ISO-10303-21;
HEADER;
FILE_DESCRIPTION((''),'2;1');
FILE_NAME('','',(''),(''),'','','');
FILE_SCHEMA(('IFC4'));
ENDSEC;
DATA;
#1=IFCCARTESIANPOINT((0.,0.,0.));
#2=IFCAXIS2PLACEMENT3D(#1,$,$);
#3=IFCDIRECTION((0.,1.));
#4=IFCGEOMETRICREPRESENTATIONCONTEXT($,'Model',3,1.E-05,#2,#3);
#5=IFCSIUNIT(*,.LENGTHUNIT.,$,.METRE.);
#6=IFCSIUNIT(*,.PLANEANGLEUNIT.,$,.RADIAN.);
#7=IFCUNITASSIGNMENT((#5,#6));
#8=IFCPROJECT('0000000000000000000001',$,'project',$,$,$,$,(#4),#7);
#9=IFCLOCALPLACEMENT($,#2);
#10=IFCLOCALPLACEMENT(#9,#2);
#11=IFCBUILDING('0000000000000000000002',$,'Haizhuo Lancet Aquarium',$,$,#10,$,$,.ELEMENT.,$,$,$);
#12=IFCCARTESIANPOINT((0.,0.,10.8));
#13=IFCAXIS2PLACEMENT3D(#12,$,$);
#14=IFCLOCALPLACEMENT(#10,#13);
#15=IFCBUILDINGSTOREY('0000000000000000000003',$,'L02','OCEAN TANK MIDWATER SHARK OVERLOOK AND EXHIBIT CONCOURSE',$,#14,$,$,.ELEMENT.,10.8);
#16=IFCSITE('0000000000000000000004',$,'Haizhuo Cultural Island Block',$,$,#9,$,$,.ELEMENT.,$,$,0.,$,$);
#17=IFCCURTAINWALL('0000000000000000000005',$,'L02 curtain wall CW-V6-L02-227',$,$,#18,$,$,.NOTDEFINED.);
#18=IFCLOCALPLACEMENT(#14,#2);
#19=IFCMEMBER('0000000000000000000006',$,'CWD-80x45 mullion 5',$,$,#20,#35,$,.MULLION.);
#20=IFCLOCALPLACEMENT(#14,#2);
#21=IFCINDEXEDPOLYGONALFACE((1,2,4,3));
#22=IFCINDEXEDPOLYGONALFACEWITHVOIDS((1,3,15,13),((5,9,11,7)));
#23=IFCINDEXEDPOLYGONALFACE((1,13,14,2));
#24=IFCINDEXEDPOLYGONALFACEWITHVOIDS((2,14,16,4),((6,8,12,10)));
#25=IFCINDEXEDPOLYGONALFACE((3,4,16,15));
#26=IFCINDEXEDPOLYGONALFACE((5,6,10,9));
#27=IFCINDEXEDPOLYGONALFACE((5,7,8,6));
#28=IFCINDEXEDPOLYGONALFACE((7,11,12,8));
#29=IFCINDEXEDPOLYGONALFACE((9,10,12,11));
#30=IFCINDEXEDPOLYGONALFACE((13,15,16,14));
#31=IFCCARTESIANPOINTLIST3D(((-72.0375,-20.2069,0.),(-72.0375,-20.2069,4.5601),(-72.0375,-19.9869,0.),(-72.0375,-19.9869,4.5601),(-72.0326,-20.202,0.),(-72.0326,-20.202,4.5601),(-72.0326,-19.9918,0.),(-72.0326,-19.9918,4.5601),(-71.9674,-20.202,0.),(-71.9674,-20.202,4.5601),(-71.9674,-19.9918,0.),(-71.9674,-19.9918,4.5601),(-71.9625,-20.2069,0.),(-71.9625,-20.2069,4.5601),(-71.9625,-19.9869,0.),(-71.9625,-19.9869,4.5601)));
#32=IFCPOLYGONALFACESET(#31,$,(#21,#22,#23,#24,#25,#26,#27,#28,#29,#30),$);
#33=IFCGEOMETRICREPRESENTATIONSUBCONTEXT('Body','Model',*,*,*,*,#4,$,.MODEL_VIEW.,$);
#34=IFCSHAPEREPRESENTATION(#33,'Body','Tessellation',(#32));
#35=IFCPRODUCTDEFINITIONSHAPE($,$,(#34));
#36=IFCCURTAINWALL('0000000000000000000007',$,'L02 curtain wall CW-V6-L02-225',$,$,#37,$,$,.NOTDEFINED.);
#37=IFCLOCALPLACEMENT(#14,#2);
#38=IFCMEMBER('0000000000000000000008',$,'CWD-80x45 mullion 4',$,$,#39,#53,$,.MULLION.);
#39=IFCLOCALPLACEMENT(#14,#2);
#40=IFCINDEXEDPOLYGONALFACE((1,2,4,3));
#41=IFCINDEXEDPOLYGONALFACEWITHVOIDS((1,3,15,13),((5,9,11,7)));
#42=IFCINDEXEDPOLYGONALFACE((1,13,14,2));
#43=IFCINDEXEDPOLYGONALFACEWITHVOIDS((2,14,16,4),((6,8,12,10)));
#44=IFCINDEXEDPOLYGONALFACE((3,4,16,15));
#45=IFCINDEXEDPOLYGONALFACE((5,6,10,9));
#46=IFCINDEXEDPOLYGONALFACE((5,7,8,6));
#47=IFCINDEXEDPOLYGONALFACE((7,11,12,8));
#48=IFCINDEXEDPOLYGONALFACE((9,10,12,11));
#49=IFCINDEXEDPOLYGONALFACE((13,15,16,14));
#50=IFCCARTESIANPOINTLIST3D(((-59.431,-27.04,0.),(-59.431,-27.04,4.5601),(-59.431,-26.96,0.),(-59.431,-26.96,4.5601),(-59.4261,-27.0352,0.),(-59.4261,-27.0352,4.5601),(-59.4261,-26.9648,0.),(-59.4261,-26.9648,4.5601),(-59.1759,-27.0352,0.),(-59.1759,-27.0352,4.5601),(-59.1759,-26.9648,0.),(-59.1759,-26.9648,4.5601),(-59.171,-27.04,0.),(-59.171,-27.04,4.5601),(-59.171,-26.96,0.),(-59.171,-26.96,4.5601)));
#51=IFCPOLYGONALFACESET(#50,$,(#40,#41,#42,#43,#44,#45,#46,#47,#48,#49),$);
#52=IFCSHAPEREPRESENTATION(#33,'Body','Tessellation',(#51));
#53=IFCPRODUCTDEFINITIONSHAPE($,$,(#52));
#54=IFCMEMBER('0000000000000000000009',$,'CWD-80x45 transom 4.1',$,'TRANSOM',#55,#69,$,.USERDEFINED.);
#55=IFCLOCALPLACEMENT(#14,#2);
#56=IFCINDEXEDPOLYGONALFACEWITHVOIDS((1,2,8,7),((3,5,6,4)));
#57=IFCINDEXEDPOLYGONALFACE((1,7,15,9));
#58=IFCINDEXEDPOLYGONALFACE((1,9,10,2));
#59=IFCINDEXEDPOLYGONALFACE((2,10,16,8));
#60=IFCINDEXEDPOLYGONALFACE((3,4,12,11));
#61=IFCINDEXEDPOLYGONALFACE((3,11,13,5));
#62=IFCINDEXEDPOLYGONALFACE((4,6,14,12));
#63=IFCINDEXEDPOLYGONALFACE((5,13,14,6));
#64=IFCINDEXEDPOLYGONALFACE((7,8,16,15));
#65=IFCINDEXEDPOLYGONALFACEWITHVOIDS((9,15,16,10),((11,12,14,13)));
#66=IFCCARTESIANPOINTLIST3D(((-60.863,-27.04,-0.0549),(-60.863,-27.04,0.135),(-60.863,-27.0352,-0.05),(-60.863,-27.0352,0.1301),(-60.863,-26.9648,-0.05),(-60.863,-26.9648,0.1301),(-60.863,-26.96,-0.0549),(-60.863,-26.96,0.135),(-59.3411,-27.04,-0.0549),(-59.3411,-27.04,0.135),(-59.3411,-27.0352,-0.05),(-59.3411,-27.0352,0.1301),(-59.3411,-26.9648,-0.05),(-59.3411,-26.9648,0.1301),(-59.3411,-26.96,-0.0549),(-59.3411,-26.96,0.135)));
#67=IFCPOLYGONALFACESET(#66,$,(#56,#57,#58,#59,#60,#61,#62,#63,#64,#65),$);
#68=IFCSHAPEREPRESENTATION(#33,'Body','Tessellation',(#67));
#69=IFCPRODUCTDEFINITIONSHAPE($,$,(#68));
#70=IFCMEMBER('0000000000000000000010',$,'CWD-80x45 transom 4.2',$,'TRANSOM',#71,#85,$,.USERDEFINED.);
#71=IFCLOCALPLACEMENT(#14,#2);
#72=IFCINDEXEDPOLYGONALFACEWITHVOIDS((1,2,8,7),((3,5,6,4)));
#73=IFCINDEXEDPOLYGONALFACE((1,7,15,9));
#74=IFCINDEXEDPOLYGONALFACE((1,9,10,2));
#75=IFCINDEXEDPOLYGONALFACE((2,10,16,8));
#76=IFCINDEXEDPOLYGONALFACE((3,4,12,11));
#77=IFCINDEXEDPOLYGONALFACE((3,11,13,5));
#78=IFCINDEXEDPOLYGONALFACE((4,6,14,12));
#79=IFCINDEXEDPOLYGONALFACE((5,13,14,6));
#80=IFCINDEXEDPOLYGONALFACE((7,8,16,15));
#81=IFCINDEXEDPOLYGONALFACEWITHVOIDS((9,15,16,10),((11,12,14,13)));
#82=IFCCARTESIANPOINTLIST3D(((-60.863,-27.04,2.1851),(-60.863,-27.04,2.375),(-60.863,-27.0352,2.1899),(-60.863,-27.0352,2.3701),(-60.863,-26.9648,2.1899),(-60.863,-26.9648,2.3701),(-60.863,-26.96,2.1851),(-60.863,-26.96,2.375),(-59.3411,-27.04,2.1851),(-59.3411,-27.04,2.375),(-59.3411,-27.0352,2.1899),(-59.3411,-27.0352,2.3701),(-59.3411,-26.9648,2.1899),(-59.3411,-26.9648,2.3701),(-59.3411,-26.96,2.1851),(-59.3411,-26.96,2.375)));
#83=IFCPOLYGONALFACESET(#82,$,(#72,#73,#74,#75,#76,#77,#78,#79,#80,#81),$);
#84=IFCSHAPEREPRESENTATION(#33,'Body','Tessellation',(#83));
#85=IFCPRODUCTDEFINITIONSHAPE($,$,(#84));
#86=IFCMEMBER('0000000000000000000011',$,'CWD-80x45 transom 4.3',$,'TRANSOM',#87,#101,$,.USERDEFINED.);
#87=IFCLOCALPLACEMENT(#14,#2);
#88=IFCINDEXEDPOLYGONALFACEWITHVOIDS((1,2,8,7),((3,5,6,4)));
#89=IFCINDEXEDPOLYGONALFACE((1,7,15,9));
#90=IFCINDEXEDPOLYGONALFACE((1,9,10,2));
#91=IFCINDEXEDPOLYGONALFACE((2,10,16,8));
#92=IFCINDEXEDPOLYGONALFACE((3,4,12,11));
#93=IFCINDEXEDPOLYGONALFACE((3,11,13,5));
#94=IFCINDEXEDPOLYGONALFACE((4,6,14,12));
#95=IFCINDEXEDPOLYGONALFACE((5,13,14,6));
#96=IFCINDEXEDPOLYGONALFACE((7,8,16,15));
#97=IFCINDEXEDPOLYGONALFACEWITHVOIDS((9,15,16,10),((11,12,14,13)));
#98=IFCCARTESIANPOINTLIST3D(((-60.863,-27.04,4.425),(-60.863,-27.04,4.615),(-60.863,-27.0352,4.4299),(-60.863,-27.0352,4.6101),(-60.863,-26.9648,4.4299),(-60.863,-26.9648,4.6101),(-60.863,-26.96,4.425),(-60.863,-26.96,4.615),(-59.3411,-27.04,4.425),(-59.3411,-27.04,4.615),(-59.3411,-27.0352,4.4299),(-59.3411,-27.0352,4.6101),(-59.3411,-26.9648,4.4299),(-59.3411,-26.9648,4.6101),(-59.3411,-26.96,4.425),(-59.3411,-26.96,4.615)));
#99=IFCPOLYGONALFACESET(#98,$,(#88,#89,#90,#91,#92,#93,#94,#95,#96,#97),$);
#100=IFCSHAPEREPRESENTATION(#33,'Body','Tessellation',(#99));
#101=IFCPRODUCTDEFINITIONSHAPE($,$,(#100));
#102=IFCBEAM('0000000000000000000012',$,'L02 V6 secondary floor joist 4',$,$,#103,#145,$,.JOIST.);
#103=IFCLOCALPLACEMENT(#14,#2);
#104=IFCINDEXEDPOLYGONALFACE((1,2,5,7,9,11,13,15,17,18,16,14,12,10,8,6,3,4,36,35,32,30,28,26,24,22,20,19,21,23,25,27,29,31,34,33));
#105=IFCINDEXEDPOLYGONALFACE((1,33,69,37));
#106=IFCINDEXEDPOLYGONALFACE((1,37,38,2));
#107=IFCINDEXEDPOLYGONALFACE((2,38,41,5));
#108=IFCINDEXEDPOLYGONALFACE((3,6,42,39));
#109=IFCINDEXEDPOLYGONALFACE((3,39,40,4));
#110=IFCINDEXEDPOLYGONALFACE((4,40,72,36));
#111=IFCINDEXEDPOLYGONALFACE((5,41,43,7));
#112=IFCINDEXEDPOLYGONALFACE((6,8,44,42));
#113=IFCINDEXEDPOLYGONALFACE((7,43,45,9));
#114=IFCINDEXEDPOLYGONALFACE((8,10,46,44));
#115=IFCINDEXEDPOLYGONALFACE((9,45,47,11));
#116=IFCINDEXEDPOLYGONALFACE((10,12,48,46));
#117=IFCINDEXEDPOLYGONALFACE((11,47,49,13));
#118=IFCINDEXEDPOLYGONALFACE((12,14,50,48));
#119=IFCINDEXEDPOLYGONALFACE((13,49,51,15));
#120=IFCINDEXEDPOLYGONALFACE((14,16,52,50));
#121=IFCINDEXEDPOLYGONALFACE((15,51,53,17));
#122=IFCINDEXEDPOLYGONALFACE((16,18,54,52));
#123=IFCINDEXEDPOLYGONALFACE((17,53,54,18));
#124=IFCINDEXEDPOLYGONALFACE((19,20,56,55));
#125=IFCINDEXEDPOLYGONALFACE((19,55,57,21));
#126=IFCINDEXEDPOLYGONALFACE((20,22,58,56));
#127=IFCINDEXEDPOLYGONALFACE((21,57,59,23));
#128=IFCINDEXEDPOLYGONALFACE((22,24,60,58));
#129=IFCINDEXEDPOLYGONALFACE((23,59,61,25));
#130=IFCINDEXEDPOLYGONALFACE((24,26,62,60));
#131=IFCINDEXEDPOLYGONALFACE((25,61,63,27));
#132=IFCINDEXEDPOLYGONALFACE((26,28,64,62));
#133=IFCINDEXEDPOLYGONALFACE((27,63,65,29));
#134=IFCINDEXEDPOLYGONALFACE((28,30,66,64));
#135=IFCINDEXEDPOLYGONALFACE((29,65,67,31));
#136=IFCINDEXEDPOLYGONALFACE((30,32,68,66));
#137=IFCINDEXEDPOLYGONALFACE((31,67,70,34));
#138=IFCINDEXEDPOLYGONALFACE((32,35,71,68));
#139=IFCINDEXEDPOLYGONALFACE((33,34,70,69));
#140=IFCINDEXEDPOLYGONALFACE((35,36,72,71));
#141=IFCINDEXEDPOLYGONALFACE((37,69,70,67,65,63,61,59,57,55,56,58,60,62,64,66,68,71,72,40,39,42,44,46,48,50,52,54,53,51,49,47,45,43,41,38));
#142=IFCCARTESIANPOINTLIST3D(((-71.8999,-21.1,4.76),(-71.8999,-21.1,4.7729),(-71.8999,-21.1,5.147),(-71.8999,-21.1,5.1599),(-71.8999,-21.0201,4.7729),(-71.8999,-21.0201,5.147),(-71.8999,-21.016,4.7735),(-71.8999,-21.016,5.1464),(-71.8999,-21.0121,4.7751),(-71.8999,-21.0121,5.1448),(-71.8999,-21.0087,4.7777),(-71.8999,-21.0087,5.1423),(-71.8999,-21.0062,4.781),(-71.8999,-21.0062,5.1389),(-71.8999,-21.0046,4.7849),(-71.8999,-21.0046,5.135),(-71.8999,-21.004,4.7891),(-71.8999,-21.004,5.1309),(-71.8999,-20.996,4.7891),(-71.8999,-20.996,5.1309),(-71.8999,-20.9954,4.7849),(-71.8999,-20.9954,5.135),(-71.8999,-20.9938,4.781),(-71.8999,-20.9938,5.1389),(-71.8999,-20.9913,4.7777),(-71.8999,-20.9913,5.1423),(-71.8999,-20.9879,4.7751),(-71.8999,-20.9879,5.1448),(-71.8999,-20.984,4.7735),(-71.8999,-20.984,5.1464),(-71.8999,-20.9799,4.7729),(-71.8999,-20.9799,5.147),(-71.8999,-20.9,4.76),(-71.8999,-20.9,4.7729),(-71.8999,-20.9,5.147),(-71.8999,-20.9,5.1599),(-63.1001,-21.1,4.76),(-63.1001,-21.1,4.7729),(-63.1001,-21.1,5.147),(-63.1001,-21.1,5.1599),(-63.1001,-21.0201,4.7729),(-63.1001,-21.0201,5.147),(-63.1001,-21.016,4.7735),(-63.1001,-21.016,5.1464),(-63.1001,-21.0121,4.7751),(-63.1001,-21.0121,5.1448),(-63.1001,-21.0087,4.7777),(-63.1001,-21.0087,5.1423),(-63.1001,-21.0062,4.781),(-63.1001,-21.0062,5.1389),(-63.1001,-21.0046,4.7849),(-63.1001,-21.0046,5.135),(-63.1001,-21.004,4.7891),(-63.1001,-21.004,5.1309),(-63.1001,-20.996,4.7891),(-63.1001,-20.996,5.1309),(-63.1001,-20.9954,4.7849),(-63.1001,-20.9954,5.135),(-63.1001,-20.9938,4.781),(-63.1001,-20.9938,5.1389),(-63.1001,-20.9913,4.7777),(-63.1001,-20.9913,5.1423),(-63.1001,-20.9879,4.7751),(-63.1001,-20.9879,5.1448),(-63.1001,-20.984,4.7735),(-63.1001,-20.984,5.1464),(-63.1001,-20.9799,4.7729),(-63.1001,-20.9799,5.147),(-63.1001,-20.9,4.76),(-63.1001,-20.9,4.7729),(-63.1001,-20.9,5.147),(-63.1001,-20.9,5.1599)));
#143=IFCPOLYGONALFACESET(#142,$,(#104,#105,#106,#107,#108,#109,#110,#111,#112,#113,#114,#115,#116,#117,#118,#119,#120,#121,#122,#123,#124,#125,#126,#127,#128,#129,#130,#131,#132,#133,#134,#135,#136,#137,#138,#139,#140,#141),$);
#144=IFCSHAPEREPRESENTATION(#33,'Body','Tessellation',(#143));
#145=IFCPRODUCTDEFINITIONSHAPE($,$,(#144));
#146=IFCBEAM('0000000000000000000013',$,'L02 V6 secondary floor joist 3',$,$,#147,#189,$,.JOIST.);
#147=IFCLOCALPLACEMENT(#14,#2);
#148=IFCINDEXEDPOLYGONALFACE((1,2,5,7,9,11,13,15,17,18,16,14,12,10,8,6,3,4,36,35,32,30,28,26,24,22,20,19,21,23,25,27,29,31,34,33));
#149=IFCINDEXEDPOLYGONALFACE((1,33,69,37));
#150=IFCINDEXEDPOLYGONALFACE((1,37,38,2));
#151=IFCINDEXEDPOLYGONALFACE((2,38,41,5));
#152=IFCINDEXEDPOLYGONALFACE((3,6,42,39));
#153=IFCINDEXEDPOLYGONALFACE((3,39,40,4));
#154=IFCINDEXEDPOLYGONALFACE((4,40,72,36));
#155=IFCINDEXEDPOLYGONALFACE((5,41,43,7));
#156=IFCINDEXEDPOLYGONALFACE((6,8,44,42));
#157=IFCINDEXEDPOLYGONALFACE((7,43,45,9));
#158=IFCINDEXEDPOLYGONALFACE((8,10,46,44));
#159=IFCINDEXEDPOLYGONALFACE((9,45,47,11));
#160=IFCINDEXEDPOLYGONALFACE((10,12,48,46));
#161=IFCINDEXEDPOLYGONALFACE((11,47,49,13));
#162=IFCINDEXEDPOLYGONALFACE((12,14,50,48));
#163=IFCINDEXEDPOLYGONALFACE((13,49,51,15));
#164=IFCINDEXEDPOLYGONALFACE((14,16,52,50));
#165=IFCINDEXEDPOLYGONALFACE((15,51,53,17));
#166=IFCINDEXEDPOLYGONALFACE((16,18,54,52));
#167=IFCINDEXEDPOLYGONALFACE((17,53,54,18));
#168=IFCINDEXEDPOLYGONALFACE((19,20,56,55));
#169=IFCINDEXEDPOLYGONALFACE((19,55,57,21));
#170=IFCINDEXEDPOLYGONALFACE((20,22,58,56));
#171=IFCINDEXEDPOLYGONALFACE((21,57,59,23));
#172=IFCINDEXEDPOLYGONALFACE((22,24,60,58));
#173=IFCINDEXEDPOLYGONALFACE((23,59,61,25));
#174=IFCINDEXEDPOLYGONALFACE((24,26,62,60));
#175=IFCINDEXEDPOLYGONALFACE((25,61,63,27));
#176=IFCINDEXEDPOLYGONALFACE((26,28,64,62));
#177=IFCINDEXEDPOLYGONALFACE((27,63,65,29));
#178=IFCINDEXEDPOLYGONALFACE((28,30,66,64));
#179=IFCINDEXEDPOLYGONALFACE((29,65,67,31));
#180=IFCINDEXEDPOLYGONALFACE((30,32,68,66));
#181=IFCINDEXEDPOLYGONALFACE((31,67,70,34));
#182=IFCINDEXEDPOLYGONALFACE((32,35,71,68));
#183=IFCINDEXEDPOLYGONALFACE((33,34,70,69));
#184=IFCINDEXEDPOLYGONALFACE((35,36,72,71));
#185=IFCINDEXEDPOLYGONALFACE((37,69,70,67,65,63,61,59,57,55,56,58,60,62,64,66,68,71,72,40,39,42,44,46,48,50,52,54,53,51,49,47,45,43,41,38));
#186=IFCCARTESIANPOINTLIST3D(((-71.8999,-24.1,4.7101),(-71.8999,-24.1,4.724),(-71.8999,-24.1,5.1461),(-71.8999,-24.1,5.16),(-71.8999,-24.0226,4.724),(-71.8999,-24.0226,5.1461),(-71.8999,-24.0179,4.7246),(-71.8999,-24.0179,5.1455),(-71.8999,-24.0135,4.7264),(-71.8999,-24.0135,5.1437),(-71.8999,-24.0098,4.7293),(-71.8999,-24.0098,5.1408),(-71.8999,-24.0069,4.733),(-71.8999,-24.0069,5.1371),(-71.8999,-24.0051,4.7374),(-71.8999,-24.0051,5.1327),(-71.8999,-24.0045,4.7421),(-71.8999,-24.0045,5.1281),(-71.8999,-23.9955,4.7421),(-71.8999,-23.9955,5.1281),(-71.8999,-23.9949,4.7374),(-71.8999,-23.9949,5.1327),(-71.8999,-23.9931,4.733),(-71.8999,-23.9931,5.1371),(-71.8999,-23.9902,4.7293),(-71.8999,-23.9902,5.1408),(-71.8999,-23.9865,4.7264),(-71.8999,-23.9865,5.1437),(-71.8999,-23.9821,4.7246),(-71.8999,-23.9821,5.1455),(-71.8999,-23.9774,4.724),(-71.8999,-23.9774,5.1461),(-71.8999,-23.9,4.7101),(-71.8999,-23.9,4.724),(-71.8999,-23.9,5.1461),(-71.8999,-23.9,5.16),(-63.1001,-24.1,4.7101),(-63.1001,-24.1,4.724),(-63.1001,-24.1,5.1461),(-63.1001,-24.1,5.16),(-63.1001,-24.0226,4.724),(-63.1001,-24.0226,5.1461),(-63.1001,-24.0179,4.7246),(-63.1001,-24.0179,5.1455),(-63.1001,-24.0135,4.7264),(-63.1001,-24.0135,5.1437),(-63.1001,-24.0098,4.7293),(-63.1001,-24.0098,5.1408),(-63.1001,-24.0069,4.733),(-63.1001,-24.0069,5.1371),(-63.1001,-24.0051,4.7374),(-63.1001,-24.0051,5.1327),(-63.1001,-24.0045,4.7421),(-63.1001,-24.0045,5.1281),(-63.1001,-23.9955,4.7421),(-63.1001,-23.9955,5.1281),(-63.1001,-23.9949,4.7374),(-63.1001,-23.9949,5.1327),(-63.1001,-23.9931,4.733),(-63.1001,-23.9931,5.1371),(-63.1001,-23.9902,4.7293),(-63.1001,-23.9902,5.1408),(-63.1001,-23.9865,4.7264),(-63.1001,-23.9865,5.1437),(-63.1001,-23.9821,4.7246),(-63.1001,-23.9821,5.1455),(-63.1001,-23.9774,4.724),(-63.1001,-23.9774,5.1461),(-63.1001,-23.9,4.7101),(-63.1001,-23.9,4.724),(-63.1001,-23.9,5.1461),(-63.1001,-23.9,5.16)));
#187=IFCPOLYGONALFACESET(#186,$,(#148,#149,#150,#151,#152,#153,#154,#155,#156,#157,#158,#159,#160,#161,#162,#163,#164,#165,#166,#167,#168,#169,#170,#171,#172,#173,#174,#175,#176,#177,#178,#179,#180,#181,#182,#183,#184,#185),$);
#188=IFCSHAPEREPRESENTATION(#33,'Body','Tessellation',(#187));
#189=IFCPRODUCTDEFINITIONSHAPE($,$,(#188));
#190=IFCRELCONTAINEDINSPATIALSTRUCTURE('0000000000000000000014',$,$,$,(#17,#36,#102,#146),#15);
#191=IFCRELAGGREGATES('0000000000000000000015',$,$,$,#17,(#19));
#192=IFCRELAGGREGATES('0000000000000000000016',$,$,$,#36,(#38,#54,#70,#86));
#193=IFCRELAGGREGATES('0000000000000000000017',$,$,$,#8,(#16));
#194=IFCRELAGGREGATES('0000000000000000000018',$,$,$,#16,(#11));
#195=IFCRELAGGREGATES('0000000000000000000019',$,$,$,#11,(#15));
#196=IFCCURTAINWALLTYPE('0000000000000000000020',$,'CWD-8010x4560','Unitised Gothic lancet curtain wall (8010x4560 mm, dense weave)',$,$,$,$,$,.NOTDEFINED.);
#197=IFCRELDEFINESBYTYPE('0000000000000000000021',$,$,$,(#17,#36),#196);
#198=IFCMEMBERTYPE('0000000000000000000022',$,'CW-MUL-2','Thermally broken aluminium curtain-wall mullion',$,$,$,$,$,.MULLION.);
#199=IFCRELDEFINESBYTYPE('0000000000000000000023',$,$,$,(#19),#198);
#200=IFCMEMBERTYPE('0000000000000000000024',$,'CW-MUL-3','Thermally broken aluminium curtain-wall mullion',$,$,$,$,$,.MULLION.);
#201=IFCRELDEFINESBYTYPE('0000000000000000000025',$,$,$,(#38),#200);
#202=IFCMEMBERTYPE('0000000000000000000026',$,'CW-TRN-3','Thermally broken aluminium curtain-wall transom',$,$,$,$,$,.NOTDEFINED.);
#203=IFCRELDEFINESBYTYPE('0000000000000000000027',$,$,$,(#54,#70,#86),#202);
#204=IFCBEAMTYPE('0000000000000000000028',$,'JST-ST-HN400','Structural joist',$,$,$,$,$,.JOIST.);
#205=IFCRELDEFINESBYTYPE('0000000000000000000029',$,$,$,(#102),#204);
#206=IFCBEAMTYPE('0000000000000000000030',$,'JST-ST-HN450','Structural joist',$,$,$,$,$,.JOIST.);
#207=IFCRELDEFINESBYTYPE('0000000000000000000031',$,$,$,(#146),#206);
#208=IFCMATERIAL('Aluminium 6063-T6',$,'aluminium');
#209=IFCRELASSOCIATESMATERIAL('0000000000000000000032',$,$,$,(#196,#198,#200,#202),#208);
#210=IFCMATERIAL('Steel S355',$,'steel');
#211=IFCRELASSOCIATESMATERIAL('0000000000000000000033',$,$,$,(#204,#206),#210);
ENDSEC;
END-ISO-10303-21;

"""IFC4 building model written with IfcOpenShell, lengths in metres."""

from ifc_helpers import new_model, si_unit, direction, frame, origin, origin_2d, place, context, subcontext, project, spatial, hollow_rectangle, i_section, extrude, material, material_profile, profile_set, type_object, element, aggregate, save


model = new_model("IFC4")

# Units and contexts
model_context = context("Model", 3, precision=1e-05, world=origin(), true_north=direction((0.0, 1.0)))
body_context = subcontext(model_context, "Body", "Model", "MODEL_VIEW")
ifc_project = project(units=[si_unit("LENGTHUNIT", "METRE"), si_unit("PLANEANGLEUNIT", "RADIAN")], contexts=[model_context])

# Site, building, storey
site_placement = place(None, origin())
site = spatial("IfcSite", under=ifc_project, at=site_placement, Name="Haizhuo Cultural Island Block", CompositionType="ELEMENT", RefElevation=0.0)
building_placement = place(site_placement, origin())
building = spatial("IfcBuilding", under=site, at=building_placement, Name="Haizhuo Lancet Aquarium", CompositionType="ELEMENT")
storey_placement = place(building_placement, frame((0.0, 0.0, 10.8)))
storey = spatial("IfcBuildingStorey", under=building, at=storey_placement, Name="L02", Description="OCEAN TANK MIDWATER SHARK OVERLOOK AND EXHIBIT CONCOURSE", CompositionType="ELEMENT", Elevation=10.8)

# Curtain wall, member
ifc_material_1 = material(Name="Aluminium 6063-T6", Category="aluminium")
curtain_wall_type = type_object("IfcCurtainWallType", Name="CWD-8010x4560", Description="Unitised Gothic lancet curtain wall (8010x4560 mm, dense weave)", PredefinedType="NOTDEFINED", material=ifc_material_1)
curtain_wall_1_placement = place(storey_placement, origin())
curtain_wall_1 = element("IfcCurtainWall", 1, at=curtain_wall_1_placement, inside=storey, type_object=curtain_wall_type, Name="L02 curtain wall CW-V6-L02-227", PredefinedType="NOTDEFINED")
ifc_material_profile_1 = material_profile(ifc_material_1, hollow_rectangle(XDim=0.075, YDim=0.22, WallThickness=0.0049, at=origin_2d()), Name="ALU-M 75x220x5")
ifc_profile_set_1 = profile_set([ifc_material_profile_1], Name="Aluminium 6063-T6")
member_type_1 = type_object("IfcMemberType", Name="CW-MUL-2", Description="Thermally broken aluminium curtain-wall mullion", PredefinedType="MULLION", material=ifc_profile_set_1)
member_1_placement = place(storey_placement, frame((-72.0, -20.0969, 0.0), z_axis=(0.0, 0.0, 1.0), x_axis=(-1.0, 0.0, 0.0)))
member_1 = element("IfcMember", 2, at=member_1_placement, type_object=member_type_1, Name="CWD-80x45 mullion 5", PredefinedType="MULLION", context=body_context, shape_type="SweptSolid", body=[
    extrude(hollow_rectangle(XDim=0.075, YDim=0.22, WallThickness=0.0049, at=origin_2d()), origin(), (0.0, 0.0, 1.0), 4.5601),
])
aggregate(curtain_wall_1, [member_1])

# Curtain wall, members
curtain_wall_2_placement = place(storey_placement, origin())
curtain_wall_2 = element("IfcCurtainWall", 3, at=curtain_wall_2_placement, inside=storey, type_object=curtain_wall_type, Name="L02 curtain wall CW-V6-L02-225", PredefinedType="NOTDEFINED")
ifc_material_profile_2 = material_profile(ifc_material_1, hollow_rectangle(XDim=0.0801, YDim=0.26, WallThickness=0.0049, at=origin_2d()), Name="ALU-M 80x260x5")
ifc_profile_set_2 = profile_set([ifc_material_profile_2], Name="Aluminium 6063-T6")
member_type_2 = type_object("IfcMemberType", Name="CW-MUL-3", Description="Thermally broken aluminium curtain-wall mullion", PredefinedType="MULLION", material=ifc_profile_set_2)
member_2_placement = place(storey_placement, frame((-59.301, -27.0, 0.0), z_axis=(0.0, 0.0, 1.0), x_axis=(0.0, -1.0, 0.0)))
member_2 = element("IfcMember", 4, at=member_2_placement, type_object=member_type_2, Name="CWD-80x45 mullion 4", PredefinedType="MULLION", context=body_context, shape_type="SweptSolid", body=[
    extrude(hollow_rectangle(XDim=0.0801, YDim=0.26, WallThickness=0.0049, at=origin_2d()), origin(), (0.0, 0.0, 1.0), 4.5601),
])
ifc_material_profile_3 = material_profile(ifc_material_1, hollow_rectangle(XDim=0.0801, YDim=0.1899, WallThickness=0.0049, at=origin_2d()), Name="ALU-T 80x190x5")
ifc_profile_set_3 = profile_set([ifc_material_profile_3], Name="Aluminium 6063-T6")
member_type_3 = type_object("IfcMemberType", Name="CW-TRN-3", Description="Thermally broken aluminium curtain-wall transom", PredefinedType="NOTDEFINED", material=ifc_profile_set_3)
member_3_placement = place(storey_placement, frame((-59.3411, -27.0, 0.04), z_axis=(-1.0, 0.0, 0.0), x_axis=(0.0, -1.0, 0.0)))
member_3 = element("IfcMember", 5, at=member_3_placement, type_object=member_type_3, Name="CWD-80x45 transom 4.1", ObjectType="TRANSOM", PredefinedType="USERDEFINED", context=body_context, shape_type="SweptSolid", body=[
    extrude(hollow_rectangle(XDim=0.0801, YDim=0.1899, WallThickness=0.0049, at=origin_2d()), origin(), (0.0, 0.0, 1.0), 1.522),
])
member_4_placement = place(storey_placement, frame((-59.3411, -27.0, 2.28), z_axis=(-1.0, 0.0, 0.0), x_axis=(0.0, -1.0, 0.0)))
member_4 = element("IfcMember", 6, at=member_4_placement, type_object=member_type_3, Name="CWD-80x45 transom 4.2", ObjectType="TRANSOM", PredefinedType="USERDEFINED", context=body_context, shape_type="SweptSolid", body=[
    extrude(hollow_rectangle(XDim=0.0801, YDim=0.1899, WallThickness=0.0049, at=origin_2d()), origin(), (0.0, 0.0, 1.0), 1.522),
])
member_5_placement = place(storey_placement, frame((-59.3411, -27.0, 4.52), z_axis=(-1.0, 0.0, 0.0), x_axis=(0.0, -1.0, 0.0)))
member_5 = element("IfcMember", 7, at=member_5_placement, type_object=member_type_3, Name="CWD-80x45 transom 4.3", ObjectType="TRANSOM", PredefinedType="USERDEFINED", context=body_context, shape_type="SweptSolid", body=[
    extrude(hollow_rectangle(XDim=0.0801, YDim=0.1899, WallThickness=0.0049, at=origin_2d()), origin(), (0.0, 0.0, 1.0), 1.522),
])

# Beams
ifc_material_2 = material(Name="Steel S355", Category="steel")
ifc_material_profile_4 = material_profile(ifc_material_2, i_section(OverallWidth=0.2, OverallDepth=0.3999, WebThickness=0.0081, FlangeThickness=0.0129, FilletRadius=0.0161, at=origin_2d()), Name="HN 400x200x8x13")
ifc_profile_set_4 = profile_set([ifc_material_profile_4], Name="Steel S355")
beam_type_1 = type_object("IfcBeamType", Name="JST-ST-HN400", Description="Structural joist", PredefinedType="JOIST", material=ifc_profile_set_4)
beam_1_placement = place(storey_placement, frame((-71.8999, -21.0, 4.96), z_axis=(1.0, 0.0, 0.0), x_axis=(0.0, 1.0, 0.0)))
element("IfcBeam", 8, at=beam_1_placement, inside=storey, type_object=beam_type_1, Name="L02 V6 secondary floor joist 4", PredefinedType="JOIST", context=body_context, shape_type="SweptSolid", body=[
    extrude(i_section(OverallWidth=0.2, OverallDepth=0.3999, WebThickness=0.0081, FlangeThickness=0.0129, FilletRadius=0.0161, at=origin_2d()), origin(), (0.0, 0.0, 1.0), 8.7998),
])
ifc_material_profile_5 = material_profile(ifc_material_2, i_section(OverallWidth=0.2, OverallDepth=0.45, WebThickness=0.009, FlangeThickness=0.0139, FilletRadius=0.0181, at=origin_2d()), Name="HN 450x200x9x14")
ifc_profile_set_5 = profile_set([ifc_material_profile_5], Name="Steel S355")
beam_type_2 = type_object("IfcBeamType", Name="JST-ST-HN450", Description="Structural joist", PredefinedType="JOIST", material=ifc_profile_set_5)
for number, where, z_axis, x_axis, name in (
    (9, (-71.8999, -24.0, 4.9351), (1.0, 0.0, 0.0), (0.0, 1.0, 0.0), "L02 V6 secondary floor joist 3"),
):
    element("IfcBeam", number, at=place(storey_placement, frame(where, z_axis=z_axis, x_axis=x_axis)), inside=storey, type_object=beam_type_2, Name=name, PredefinedType="JOIST", context=body_context, shape_type="SweptSolid", body=[
        extrude(i_section(OverallWidth=0.2, OverallDepth=0.45, WebThickness=0.009, FlangeThickness=0.0139, FilletRadius=0.0181, at=origin_2d()), origin(), (0.0, 0.0, 1.0), 8.7998),
    ])

aggregate(curtain_wall_2, [member_2, member_3, member_4, member_5])

save(model, "model.ifc")
